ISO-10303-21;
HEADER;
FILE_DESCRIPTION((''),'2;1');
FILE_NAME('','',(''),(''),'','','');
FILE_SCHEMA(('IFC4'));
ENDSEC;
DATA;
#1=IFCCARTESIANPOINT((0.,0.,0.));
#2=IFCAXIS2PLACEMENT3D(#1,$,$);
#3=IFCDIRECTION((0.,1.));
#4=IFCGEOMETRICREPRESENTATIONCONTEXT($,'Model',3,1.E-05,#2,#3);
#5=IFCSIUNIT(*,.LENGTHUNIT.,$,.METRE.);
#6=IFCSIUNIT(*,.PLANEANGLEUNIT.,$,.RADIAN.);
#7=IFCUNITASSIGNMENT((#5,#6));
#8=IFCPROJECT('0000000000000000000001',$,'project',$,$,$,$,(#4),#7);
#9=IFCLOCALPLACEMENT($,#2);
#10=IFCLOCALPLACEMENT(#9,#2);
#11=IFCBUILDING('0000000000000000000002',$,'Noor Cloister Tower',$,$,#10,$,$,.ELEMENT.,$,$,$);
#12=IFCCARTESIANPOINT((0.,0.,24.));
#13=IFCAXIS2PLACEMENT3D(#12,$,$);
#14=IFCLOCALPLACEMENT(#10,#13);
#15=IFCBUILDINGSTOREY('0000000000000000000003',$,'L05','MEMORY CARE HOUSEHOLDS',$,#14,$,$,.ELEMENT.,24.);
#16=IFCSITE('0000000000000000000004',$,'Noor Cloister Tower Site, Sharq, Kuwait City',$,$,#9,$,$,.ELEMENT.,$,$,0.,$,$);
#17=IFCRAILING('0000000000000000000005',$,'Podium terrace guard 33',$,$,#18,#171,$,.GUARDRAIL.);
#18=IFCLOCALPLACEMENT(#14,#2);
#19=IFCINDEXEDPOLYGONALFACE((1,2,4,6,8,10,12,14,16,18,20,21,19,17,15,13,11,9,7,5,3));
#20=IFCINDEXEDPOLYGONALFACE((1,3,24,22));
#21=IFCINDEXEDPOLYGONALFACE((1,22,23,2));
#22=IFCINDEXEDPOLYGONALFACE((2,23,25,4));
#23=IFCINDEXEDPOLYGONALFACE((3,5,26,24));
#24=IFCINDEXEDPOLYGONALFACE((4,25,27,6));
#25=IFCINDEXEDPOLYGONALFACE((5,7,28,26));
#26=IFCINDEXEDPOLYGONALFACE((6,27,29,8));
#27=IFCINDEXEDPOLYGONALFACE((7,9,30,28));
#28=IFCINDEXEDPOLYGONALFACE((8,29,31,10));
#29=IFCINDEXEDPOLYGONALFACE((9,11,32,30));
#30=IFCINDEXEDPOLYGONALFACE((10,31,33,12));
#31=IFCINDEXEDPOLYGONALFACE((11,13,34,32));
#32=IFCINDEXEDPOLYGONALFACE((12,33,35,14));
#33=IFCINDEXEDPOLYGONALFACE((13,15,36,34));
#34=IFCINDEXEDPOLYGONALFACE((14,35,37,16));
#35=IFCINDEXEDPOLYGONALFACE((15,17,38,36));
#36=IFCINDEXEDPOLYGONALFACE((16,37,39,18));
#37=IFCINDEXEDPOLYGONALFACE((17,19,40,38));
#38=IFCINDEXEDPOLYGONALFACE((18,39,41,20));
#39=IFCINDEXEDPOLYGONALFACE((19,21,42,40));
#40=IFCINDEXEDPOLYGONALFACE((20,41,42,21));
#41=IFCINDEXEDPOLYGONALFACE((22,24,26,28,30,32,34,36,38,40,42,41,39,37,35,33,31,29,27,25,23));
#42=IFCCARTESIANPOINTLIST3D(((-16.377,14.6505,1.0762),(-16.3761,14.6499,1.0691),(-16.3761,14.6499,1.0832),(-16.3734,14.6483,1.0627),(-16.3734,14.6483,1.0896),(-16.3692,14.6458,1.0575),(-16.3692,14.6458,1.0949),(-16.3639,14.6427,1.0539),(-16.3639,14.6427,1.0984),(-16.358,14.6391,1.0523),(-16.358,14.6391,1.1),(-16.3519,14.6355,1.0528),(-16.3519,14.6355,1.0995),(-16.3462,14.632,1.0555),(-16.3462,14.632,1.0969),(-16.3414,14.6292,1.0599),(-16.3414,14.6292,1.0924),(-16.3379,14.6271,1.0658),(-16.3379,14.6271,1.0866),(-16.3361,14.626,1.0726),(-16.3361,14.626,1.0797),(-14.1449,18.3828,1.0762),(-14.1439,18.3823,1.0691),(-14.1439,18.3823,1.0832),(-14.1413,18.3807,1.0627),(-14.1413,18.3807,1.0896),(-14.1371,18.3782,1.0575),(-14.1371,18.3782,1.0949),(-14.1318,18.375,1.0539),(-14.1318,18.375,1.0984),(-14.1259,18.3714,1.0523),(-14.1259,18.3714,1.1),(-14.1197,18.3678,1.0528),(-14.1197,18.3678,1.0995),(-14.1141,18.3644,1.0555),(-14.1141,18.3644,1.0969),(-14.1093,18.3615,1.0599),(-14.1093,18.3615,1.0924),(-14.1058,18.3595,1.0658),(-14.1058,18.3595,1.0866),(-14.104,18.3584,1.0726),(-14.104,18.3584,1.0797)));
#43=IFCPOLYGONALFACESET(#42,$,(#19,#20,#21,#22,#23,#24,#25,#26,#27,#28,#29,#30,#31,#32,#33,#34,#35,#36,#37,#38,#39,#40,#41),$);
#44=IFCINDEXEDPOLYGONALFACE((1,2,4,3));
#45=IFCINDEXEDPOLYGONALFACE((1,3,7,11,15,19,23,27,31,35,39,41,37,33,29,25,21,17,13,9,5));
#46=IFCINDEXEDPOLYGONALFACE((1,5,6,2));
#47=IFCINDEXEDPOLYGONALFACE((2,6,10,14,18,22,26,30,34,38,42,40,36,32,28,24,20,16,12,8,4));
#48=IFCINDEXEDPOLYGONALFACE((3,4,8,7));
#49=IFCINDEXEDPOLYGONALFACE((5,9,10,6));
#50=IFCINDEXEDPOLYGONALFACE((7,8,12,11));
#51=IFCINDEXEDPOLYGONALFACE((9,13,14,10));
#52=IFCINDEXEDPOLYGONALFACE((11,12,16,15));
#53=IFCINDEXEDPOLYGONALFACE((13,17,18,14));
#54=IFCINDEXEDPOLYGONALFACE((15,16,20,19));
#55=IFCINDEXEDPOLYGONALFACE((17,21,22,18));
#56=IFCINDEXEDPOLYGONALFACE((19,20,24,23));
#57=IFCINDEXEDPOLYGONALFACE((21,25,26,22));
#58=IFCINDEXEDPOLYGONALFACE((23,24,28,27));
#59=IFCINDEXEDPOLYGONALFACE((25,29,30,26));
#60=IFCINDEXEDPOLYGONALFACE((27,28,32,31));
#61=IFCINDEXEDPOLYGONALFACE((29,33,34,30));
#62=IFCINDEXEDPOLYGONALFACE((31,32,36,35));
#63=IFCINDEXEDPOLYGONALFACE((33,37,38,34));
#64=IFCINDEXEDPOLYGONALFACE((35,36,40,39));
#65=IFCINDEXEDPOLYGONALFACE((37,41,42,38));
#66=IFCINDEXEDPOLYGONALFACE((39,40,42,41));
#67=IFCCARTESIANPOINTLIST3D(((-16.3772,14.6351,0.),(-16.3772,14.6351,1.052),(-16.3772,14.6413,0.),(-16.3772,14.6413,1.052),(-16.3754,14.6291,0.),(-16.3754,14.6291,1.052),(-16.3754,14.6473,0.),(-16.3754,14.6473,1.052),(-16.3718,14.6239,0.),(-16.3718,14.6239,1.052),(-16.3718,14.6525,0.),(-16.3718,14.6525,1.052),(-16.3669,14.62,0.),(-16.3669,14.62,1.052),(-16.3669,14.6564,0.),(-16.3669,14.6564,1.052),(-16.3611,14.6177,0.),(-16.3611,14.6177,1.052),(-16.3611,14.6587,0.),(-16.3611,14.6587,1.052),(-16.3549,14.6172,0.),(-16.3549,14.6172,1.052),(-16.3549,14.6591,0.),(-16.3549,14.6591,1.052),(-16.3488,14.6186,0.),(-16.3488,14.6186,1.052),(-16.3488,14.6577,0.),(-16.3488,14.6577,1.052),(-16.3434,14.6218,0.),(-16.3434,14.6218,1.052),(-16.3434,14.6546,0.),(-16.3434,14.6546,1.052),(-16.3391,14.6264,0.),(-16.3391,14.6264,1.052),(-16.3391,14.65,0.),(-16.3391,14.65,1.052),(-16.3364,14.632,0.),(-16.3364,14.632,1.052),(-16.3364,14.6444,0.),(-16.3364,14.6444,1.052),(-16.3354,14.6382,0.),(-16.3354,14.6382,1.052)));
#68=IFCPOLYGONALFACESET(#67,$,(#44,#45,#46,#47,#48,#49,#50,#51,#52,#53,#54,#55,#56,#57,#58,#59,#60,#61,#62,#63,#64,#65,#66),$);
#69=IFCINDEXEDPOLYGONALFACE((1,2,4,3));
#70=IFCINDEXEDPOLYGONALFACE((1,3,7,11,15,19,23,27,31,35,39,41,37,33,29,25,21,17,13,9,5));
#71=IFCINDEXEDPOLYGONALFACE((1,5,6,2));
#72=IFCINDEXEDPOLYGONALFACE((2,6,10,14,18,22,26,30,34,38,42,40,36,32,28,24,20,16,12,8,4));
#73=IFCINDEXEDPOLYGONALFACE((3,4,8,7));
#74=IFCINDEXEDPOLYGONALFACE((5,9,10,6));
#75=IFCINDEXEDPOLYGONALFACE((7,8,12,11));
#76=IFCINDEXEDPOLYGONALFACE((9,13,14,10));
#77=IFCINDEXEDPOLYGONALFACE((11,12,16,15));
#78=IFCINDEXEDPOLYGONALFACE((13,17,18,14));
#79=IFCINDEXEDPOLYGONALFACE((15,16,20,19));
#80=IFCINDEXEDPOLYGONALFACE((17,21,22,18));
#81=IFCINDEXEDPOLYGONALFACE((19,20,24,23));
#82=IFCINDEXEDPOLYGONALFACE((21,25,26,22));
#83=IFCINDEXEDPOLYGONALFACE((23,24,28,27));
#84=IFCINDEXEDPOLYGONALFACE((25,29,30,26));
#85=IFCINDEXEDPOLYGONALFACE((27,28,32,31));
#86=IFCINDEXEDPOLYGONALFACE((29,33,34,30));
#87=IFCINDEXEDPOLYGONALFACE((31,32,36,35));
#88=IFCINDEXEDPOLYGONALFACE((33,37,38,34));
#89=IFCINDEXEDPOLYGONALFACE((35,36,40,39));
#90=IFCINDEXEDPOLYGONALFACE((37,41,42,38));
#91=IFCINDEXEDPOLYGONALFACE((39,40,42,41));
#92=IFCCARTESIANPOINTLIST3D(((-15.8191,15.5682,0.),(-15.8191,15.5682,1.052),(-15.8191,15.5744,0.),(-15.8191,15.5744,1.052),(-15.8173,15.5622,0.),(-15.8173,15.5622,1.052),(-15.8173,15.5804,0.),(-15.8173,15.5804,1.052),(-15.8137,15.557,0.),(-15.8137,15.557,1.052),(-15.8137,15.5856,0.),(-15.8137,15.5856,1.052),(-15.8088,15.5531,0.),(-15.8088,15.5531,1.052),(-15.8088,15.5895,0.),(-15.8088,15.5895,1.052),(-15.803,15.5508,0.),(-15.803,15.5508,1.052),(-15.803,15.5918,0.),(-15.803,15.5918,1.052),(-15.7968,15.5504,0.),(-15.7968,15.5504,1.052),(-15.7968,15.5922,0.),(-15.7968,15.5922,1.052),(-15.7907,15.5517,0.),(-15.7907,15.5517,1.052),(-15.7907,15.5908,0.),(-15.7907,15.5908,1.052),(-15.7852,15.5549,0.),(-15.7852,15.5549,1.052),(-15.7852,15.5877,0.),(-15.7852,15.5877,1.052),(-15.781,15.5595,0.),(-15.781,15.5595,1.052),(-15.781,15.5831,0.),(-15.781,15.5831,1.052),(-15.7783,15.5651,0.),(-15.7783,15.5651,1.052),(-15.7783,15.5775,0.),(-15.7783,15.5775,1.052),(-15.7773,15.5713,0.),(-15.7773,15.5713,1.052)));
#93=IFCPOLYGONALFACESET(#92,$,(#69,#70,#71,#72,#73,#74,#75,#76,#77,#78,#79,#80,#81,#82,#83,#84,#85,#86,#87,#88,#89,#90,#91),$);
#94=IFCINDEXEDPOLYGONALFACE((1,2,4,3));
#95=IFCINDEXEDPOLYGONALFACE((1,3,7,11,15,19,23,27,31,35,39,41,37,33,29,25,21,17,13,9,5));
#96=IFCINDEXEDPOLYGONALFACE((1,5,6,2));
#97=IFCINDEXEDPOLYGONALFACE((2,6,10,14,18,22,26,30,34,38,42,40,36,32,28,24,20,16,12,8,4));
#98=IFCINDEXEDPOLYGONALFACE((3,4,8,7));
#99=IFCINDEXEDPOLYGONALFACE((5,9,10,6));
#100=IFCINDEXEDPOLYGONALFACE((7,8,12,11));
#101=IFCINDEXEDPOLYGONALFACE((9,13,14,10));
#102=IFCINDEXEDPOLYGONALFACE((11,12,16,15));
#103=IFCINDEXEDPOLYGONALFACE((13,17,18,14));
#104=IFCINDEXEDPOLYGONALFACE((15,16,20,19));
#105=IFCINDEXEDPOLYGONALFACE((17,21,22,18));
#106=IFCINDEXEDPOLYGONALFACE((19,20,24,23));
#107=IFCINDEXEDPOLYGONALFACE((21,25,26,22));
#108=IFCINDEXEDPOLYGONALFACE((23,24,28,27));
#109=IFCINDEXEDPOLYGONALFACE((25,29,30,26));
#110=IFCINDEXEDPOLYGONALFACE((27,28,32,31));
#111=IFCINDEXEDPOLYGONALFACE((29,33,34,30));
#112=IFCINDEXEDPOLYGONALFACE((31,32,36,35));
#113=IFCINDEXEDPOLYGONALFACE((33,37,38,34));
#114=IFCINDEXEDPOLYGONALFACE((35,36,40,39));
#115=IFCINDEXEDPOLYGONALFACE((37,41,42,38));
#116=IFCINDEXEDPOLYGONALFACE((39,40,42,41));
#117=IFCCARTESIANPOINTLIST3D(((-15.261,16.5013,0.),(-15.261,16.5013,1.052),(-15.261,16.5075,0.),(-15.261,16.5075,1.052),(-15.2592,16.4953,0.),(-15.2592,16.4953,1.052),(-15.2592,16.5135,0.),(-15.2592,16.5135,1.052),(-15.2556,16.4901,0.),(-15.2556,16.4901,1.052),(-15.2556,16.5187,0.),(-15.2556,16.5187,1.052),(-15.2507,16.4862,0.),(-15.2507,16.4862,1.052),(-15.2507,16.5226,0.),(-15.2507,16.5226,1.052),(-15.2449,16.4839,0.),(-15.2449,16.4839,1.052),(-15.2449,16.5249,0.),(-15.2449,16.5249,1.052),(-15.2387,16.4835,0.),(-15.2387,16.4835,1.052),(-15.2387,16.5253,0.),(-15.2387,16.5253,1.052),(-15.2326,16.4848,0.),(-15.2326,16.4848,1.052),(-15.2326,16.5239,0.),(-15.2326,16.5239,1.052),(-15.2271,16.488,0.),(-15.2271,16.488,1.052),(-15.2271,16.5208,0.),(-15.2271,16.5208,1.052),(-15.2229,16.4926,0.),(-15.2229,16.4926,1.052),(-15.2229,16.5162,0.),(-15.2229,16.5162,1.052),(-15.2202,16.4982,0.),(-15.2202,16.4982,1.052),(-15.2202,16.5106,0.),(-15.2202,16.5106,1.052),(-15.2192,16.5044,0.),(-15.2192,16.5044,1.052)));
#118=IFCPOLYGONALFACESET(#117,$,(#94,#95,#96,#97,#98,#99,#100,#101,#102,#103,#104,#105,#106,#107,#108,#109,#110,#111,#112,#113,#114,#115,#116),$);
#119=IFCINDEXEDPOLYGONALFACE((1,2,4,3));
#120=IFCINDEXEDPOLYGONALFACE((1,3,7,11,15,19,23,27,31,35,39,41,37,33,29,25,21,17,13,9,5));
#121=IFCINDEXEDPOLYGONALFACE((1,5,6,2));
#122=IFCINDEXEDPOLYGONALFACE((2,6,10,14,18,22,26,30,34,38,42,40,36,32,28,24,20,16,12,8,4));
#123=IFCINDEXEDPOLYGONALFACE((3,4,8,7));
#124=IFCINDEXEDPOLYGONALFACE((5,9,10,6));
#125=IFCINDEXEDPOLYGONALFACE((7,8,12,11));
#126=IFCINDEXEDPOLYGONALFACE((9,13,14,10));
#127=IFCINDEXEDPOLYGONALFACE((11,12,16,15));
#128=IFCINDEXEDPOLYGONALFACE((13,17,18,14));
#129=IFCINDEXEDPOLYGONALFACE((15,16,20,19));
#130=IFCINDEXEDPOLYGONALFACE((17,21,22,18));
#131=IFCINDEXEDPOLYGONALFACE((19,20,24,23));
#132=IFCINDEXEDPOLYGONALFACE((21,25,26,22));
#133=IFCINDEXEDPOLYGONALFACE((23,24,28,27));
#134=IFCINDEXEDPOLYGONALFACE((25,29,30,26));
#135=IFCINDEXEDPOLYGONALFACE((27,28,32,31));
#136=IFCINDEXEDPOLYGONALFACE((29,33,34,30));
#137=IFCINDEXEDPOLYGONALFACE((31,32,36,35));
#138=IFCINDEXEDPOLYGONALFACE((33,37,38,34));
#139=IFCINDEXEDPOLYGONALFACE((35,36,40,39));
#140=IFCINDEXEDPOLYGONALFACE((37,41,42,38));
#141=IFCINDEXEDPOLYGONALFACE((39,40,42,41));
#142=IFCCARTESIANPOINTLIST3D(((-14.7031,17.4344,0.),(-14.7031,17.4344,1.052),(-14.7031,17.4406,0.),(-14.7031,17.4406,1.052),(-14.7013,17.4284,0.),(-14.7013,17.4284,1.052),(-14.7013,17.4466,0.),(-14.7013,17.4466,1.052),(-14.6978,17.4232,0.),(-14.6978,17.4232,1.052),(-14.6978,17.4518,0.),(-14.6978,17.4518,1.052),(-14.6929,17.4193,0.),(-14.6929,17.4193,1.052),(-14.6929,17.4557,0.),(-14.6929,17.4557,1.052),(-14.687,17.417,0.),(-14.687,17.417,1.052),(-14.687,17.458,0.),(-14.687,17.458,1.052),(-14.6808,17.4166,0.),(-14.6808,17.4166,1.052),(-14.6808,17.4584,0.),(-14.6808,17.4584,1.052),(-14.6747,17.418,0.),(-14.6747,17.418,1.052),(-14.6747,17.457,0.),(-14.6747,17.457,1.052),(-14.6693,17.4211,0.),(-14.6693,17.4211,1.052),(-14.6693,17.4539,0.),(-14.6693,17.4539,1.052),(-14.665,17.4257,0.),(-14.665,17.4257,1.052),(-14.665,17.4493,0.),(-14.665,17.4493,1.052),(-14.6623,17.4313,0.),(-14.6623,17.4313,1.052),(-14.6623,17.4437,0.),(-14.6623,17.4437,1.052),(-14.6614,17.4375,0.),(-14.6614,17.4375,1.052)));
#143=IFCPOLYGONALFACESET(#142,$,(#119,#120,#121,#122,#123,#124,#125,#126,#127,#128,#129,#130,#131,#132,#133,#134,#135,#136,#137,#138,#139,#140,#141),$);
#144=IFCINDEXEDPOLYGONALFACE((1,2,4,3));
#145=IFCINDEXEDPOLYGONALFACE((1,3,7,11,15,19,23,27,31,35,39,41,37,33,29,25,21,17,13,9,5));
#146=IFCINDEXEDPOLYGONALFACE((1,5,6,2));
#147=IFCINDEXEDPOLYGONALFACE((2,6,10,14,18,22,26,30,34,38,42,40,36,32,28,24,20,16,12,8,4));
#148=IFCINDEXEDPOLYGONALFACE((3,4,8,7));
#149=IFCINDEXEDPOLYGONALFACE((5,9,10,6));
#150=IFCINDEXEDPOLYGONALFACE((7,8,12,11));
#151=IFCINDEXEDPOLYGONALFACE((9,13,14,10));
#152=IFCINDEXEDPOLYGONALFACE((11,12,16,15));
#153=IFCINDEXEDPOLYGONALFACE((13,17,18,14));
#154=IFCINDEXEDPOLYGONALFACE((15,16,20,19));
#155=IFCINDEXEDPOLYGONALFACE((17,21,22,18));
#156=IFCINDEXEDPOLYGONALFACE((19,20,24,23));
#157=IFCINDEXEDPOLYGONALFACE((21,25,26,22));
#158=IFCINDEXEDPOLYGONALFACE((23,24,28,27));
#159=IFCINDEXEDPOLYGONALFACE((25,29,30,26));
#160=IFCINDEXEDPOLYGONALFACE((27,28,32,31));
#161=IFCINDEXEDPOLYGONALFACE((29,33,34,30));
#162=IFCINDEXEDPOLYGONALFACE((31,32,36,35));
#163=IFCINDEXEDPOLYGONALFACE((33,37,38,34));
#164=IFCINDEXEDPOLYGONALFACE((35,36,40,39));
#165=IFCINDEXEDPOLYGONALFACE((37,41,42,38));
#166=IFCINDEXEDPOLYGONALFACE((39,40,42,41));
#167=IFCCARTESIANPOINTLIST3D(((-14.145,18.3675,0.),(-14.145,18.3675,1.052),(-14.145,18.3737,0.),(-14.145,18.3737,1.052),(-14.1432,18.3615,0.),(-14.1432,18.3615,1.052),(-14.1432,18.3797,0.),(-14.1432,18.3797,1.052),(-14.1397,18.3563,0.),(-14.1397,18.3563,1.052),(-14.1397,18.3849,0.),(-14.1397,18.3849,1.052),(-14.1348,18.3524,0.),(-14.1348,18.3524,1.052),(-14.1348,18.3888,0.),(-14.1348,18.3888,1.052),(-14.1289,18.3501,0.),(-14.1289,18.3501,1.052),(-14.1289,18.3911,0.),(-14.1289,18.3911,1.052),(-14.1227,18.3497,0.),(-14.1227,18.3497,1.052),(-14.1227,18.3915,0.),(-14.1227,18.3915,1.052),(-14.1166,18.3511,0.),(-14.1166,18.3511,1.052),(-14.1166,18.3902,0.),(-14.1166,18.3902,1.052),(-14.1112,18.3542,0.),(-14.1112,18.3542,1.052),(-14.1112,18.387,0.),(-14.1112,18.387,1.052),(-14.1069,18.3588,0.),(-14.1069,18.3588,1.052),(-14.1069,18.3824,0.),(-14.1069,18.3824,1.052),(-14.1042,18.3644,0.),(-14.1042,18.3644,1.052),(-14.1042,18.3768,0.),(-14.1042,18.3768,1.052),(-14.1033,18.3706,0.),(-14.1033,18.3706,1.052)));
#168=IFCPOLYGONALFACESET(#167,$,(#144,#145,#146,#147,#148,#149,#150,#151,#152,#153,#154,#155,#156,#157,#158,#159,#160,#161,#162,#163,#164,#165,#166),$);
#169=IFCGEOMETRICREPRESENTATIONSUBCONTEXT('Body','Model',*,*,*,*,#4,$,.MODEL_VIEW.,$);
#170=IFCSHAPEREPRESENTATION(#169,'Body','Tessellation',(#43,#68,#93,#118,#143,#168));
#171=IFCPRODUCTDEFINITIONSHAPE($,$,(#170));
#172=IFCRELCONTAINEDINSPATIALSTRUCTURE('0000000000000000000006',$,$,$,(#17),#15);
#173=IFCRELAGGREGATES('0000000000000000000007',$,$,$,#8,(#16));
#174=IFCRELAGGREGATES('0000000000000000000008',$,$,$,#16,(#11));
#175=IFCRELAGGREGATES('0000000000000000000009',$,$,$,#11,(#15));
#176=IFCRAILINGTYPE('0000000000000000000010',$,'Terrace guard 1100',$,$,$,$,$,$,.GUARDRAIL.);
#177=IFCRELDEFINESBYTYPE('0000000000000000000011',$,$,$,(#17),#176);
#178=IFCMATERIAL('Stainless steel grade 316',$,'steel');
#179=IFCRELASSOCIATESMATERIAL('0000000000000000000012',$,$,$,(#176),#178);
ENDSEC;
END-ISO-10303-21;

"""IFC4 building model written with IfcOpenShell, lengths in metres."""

from ifc_helpers import new_model, si_unit, direction, frame, origin, origin_2d, place, context, subcontext, project, spatial, circle, extrude, material, type_object, element, save


model = new_model("IFC4")

# Units and contexts
model_context = context("Model", 3, precision=1e-05, world=origin(), true_north=direction((0.0, 1.0)))
body_context = subcontext(model_context, "Body", "Model", "MODEL_VIEW")
ifc_project = project(units=[si_unit("LENGTHUNIT", "METRE"), si_unit("PLANEANGLEUNIT", "RADIAN")], contexts=[model_context])

# Site, building, storey
site_placement = place(None, origin())
site = spatial("IfcSite", under=ifc_project, at=site_placement, Name="Noor Cloister Tower Site, Sharq, Kuwait City", CompositionType="ELEMENT", RefElevation=0.0)
building_placement = place(site_placement, origin())
building = spatial("IfcBuilding", under=site, at=building_placement, Name="Noor Cloister Tower", CompositionType="ELEMENT")
storey_placement = place(building_placement, frame((0.0, 0.0, 24.0)))
storey = spatial("IfcBuildingStorey", under=building, at=storey_placement, Name="L05", Description="MEMORY CARE HOUSEHOLDS", CompositionType="ELEMENT", Elevation=24.0)

# Railing
ifc_material_1 = material(Name="Stainless steel grade 316", Category="steel")
railing_type = type_object("IfcRailingType", Name="Terrace guard 1100", PredefinedType="GUARDRAIL", material=ifc_material_1)
railing_1_placement = place(storey_placement, frame((-16.3564, 14.6382, 0.0)))
element("IfcRailing", 1, at=railing_1_placement, inside=storey, type_object=railing_type, Name="Podium terrace guard 33", PredefinedType="GUARDRAIL", context=body_context, shape_type="SweptSolid", body=[
    extrude(circle(Radius=0.0239, at=origin_2d()), frame((0.0, 0.0, 1.0762), z_axis=(0.513265, 0.85823, 0.0), x_axis=(-0.85823, 0.513265, 0.0)), (0.0, 0.0, 1.0), 4.3489),
    extrude(circle(Radius=0.021, at=origin_2d()), origin(), (0.0, 0.0, 1.0), 1.052),
    extrude(circle(Radius=0.021, at=origin_2d()), frame((0.5581, 0.9331, 0.0)), (0.0, 0.0, 1.0), 1.052),
    extrude(circle(Radius=0.021, at=origin_2d()), frame((1.1162, 1.8662, 0.0)), (0.0, 0.0, 1.0), 1.052),
    extrude(circle(Radius=0.021, at=origin_2d()), frame((1.6741, 2.7993, 0.0)), (0.0, 0.0, 1.0), 1.052),
    extrude(circle(Radius=0.021, at=origin_2d()), frame((2.2322, 3.7324, 0.0)), (0.0, 0.0, 1.0), 1.052),
])

save(model, "model.ifc")
